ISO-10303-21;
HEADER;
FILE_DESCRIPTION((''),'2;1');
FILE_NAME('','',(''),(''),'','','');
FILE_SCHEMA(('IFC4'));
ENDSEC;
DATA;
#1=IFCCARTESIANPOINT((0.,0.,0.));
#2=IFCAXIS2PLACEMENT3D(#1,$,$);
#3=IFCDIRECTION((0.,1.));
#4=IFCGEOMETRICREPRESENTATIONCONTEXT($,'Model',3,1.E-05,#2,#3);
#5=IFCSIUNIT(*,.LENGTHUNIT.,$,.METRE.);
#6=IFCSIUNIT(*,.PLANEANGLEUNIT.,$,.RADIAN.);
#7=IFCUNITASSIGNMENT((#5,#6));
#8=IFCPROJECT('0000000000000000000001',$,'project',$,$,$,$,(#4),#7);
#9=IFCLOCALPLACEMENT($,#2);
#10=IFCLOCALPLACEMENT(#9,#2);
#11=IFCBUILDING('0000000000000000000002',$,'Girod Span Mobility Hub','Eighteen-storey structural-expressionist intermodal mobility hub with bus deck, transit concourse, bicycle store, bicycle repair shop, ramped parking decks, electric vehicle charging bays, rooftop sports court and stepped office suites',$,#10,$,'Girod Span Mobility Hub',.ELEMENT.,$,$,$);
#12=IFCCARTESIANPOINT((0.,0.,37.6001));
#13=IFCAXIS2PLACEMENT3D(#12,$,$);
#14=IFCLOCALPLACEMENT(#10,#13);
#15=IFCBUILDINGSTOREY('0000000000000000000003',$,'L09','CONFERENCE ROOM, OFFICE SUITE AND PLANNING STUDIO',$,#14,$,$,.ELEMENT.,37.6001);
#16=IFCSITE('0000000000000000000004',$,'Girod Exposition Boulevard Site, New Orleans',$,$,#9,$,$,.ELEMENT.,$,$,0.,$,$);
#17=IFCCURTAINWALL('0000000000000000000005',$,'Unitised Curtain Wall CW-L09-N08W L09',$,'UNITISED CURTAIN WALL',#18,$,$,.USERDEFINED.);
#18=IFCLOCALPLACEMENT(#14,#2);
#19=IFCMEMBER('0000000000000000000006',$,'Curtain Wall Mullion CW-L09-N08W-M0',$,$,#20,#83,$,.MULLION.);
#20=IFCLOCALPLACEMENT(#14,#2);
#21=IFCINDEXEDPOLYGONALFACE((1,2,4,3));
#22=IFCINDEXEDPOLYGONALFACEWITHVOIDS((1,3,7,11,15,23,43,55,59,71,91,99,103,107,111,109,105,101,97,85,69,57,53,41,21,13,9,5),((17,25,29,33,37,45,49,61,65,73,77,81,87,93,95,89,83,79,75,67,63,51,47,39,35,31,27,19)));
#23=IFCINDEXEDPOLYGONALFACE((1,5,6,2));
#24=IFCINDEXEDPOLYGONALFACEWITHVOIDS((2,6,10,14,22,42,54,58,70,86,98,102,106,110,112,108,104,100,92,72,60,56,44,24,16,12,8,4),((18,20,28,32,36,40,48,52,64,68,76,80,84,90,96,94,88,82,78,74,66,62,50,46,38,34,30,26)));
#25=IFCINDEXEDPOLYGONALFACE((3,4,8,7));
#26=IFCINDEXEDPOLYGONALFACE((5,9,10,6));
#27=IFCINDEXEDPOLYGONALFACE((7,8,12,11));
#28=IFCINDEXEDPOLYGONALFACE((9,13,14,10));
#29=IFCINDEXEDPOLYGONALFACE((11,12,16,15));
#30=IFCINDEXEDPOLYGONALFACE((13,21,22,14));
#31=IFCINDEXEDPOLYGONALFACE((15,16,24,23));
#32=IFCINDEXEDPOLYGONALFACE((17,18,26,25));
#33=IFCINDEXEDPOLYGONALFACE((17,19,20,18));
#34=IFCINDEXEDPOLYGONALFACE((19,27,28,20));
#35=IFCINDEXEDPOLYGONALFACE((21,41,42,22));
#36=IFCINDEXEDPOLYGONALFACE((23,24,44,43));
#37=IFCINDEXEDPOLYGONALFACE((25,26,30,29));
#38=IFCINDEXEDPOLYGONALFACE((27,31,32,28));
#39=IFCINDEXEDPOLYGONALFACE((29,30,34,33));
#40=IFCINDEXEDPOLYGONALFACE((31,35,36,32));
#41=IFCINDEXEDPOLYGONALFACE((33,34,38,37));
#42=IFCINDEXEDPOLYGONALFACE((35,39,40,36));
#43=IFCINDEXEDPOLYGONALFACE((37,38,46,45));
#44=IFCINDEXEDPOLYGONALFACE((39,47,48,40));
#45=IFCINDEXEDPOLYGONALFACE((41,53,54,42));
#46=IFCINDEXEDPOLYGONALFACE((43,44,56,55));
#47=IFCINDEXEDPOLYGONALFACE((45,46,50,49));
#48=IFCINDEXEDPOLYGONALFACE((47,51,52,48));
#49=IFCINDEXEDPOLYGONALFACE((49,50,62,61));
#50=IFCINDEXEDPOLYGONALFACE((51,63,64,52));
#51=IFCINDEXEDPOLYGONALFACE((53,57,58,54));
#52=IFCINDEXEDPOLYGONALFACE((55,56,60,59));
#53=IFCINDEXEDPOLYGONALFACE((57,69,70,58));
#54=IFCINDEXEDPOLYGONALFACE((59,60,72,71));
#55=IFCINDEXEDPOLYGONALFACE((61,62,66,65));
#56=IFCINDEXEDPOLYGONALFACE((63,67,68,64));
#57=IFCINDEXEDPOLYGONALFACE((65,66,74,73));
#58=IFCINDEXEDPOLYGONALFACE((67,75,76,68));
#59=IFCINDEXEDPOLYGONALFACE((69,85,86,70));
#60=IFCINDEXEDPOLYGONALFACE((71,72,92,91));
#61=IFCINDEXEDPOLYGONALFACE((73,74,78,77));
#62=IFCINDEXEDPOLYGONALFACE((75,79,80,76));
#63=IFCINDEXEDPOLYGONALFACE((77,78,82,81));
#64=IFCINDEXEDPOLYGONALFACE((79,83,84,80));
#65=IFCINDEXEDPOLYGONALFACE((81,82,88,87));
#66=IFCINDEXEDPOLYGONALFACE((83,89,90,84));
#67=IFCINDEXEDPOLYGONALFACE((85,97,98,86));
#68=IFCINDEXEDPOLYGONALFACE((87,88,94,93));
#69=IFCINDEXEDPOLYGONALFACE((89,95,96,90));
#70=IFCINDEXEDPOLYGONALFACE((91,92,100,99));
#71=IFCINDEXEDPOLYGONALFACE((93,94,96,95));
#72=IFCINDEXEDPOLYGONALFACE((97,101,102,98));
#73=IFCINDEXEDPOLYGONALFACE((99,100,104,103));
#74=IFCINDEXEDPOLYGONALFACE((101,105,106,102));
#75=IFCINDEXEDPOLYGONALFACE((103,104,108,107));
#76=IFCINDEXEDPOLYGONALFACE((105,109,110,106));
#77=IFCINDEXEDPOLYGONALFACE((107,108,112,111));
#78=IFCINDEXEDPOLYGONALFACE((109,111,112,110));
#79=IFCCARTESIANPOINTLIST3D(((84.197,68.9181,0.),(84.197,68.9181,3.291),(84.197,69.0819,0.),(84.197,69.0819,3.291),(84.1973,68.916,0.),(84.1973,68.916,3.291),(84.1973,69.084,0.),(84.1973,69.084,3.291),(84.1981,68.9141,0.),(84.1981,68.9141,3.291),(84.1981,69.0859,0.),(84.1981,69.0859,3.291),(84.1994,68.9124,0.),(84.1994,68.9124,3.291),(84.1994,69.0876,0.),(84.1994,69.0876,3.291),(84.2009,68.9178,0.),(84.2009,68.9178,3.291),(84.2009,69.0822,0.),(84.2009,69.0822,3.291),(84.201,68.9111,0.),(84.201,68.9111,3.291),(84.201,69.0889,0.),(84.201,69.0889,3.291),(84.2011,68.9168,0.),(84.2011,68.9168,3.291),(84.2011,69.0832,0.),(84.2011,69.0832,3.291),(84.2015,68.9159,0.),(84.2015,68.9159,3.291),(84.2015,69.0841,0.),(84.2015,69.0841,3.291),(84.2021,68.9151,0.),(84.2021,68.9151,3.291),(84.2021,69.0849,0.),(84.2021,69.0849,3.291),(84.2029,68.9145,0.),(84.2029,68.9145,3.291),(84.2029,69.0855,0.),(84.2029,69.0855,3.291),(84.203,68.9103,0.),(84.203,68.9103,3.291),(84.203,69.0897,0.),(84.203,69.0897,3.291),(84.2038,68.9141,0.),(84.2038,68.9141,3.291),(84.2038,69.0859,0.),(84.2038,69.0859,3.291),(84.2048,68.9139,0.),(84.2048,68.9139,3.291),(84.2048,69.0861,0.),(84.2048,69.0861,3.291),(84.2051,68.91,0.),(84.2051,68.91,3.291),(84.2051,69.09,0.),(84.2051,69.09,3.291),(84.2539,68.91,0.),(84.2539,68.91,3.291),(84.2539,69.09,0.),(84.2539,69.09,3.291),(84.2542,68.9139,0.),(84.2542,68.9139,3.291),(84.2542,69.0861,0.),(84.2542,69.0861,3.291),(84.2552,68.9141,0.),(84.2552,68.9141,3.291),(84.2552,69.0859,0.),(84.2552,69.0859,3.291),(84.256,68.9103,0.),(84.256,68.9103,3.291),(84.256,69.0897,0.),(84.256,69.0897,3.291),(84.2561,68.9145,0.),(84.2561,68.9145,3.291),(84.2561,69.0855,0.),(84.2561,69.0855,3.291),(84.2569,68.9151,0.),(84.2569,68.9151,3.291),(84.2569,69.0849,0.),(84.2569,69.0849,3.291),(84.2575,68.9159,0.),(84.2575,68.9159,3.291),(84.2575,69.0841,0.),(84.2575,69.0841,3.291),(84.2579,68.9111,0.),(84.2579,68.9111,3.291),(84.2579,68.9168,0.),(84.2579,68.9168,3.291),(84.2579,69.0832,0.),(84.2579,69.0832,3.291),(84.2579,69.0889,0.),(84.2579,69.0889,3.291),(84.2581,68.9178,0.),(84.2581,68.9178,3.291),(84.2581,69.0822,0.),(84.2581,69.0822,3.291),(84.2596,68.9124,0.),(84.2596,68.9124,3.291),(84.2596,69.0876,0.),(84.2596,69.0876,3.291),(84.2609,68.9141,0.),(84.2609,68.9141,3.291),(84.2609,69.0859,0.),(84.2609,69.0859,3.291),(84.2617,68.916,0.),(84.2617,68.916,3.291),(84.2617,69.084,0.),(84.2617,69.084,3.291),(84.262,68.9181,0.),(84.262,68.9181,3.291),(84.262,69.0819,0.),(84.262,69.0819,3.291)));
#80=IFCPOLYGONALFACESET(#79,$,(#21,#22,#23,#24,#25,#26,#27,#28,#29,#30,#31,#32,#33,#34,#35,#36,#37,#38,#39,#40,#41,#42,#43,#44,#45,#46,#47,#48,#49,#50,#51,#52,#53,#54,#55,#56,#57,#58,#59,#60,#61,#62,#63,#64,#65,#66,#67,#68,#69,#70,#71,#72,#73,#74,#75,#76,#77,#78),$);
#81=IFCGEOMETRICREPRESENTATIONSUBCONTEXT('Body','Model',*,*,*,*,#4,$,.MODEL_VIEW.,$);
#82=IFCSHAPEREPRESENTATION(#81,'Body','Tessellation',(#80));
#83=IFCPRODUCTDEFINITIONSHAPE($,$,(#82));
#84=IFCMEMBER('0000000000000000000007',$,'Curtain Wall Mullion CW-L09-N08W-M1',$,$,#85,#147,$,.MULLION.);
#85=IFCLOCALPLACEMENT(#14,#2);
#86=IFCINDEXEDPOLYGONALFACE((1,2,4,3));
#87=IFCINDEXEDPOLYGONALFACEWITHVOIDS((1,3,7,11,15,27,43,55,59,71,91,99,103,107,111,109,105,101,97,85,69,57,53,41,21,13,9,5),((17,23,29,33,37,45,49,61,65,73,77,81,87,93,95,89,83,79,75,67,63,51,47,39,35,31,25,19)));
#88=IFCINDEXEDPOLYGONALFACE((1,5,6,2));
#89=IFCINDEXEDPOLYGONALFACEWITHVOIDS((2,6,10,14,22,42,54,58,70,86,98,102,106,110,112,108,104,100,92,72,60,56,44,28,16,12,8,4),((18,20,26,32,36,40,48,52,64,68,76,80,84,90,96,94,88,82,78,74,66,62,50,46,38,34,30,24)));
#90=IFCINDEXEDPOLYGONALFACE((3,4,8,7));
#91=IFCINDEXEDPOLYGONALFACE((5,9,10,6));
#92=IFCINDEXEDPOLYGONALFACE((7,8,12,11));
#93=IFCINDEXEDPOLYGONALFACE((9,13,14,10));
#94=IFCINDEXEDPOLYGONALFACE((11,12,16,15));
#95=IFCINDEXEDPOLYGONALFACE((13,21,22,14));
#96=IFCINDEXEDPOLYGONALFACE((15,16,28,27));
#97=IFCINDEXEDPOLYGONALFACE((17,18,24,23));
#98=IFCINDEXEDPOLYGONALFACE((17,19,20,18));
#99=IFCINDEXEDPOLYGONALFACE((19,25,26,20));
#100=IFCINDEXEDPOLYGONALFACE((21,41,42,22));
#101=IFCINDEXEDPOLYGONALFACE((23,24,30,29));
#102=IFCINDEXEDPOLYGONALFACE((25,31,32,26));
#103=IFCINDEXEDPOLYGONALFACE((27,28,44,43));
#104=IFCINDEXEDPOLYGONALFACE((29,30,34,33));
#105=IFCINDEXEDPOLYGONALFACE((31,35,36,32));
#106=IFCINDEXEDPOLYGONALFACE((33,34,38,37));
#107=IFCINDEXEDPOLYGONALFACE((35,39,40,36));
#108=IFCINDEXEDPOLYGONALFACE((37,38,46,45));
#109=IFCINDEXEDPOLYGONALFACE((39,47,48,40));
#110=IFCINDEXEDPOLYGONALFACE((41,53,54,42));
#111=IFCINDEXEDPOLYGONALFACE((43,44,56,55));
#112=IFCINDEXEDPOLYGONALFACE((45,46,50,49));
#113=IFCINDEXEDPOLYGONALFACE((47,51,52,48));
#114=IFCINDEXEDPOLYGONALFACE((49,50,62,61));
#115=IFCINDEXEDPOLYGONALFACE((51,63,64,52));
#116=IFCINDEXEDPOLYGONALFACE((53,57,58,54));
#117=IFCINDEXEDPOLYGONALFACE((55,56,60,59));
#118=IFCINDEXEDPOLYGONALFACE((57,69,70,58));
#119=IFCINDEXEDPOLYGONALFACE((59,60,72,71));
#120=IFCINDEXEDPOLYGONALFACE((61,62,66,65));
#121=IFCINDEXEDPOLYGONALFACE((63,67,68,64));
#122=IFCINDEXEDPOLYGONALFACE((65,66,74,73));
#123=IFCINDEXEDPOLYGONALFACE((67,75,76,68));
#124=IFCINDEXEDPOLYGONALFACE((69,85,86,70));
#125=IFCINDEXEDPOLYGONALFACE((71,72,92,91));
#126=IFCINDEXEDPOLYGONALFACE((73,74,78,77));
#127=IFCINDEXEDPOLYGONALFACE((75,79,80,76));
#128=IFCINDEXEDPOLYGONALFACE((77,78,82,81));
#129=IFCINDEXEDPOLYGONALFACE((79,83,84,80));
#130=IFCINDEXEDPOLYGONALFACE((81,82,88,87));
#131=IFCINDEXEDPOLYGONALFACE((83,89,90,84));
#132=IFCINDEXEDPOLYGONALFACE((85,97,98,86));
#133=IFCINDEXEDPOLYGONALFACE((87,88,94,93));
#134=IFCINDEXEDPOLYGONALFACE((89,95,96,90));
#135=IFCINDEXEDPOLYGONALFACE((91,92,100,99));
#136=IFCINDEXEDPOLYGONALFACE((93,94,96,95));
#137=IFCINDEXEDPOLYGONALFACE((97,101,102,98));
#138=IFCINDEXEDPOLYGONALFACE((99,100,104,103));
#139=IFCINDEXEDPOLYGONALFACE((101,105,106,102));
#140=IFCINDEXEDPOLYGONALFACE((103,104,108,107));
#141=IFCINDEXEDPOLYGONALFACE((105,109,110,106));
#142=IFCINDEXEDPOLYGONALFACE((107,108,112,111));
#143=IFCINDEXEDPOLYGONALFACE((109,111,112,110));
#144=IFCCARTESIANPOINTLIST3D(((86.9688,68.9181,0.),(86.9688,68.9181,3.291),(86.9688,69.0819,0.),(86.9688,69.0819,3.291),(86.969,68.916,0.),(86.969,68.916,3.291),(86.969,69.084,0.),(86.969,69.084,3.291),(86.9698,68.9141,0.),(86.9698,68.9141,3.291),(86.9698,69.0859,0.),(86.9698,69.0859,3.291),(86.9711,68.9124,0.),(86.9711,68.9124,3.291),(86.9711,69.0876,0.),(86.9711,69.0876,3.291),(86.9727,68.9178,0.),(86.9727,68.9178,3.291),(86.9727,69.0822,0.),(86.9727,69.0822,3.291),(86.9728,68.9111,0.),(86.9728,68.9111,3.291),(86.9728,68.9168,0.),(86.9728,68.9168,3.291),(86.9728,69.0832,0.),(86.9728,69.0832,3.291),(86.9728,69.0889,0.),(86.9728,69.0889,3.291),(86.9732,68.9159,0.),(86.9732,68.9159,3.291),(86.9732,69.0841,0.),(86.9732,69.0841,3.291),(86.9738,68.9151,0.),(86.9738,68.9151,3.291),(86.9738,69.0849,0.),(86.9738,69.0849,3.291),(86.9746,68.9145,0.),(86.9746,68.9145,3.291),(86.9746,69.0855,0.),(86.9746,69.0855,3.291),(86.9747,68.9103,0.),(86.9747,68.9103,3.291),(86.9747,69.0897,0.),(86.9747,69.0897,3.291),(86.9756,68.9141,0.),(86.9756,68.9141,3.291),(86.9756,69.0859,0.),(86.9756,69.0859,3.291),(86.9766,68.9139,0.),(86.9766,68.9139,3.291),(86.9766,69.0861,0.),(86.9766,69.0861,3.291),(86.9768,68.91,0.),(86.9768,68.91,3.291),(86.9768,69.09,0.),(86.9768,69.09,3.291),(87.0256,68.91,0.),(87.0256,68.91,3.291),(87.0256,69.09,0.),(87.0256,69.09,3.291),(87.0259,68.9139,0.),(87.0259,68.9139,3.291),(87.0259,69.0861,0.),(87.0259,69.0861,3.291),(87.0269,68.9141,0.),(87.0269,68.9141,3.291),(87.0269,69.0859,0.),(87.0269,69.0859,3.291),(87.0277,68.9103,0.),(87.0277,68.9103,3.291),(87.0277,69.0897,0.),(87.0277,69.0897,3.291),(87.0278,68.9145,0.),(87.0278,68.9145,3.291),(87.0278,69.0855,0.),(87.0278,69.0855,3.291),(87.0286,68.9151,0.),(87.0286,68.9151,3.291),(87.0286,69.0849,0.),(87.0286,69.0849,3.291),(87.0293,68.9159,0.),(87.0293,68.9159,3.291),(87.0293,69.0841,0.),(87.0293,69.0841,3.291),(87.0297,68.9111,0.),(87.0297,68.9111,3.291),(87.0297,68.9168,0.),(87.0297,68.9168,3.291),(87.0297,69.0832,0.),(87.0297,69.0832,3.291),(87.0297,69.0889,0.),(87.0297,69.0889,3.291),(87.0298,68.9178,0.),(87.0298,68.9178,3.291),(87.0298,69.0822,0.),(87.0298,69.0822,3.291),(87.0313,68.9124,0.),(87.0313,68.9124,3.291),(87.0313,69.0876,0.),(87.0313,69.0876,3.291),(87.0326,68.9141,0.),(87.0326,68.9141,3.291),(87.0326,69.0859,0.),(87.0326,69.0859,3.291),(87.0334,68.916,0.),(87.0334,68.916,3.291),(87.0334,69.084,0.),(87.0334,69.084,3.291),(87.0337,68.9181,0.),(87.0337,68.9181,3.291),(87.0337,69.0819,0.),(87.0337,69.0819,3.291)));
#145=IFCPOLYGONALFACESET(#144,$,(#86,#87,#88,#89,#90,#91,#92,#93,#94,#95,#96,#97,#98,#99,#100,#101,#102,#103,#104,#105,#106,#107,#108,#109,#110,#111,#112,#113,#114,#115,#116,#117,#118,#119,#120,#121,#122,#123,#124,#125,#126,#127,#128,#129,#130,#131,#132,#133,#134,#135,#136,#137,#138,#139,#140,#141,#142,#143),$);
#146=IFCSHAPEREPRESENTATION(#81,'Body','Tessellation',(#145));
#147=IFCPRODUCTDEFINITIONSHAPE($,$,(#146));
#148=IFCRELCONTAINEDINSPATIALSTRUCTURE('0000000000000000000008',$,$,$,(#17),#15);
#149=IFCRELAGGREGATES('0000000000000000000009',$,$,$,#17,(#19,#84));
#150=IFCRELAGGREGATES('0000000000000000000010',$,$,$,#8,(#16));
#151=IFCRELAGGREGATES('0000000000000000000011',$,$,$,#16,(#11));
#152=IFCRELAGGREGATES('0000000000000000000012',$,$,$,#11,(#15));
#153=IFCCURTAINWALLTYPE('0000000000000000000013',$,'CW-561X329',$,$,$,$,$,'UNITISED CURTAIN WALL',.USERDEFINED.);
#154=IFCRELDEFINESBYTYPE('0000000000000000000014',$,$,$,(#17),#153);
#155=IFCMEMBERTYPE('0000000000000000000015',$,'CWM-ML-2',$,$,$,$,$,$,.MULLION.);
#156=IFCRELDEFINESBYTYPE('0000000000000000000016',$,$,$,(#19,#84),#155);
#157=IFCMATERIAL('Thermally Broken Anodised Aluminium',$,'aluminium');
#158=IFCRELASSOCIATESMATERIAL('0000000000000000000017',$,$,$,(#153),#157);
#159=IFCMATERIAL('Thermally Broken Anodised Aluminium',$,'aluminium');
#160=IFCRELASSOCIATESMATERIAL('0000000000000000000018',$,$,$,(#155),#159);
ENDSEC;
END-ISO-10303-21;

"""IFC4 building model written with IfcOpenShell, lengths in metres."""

from ifc_helpers import new_model, si_unit, direction, frame, origin, origin_2d, place, context, subcontext, project, spatial, hollow_rectangle, extrude, material, material_profile, profile_set, type_object, element, aggregate, save


model = new_model("IFC4")

# Units and contexts
model_context = context("Model", 3, precision=1e-05, world=origin(), true_north=direction((0.0, 1.0)))
body_context = subcontext(model_context, "Body", "Model", "MODEL_VIEW")
ifc_project = project(units=[si_unit("LENGTHUNIT", "METRE"), si_unit("PLANEANGLEUNIT", "RADIAN")], contexts=[model_context])

# Site, building, storey
site_placement = place(None, origin())
site = spatial("IfcSite", under=ifc_project, at=site_placement, Name="Girod Exposition Boulevard Site, New Orleans", CompositionType="ELEMENT", RefElevation=0.0)
building_placement = place(site_placement, origin())
building = spatial("IfcBuilding", under=site, at=building_placement, Name="Girod Span Mobility Hub", Description="Eighteen-storey structural-expressionist intermodal mobility hub with bus deck, transit concourse, bicycle store, bicycle repair shop, ramped parking decks, electric vehicle charging bays, rooftop sports court and stepped office suites", LongName="Girod Span Mobility Hub", CompositionType="ELEMENT")
storey_placement = place(building_placement, frame((0.0, 0.0, 37.6001)))
storey = spatial("IfcBuildingStorey", under=building, at=storey_placement, Name="L09", Description="CONFERENCE ROOM, OFFICE SUITE AND PLANNING STUDIO", CompositionType="ELEMENT", Elevation=37.6001)

# Curtain wall, members
ifc_material_1 = material(Name="Thermally Broken Anodised Aluminium", Category="aluminium")
curtain_wall_type = type_object("IfcCurtainWallType", Name="CW-561X329", ElementType="UNITISED CURTAIN WALL", PredefinedType="USERDEFINED", material=ifc_material_1)
curtain_wall_1_placement = place(storey_placement, origin())
curtain_wall_1 = element("IfcCurtainWall", 1, at=curtain_wall_1_placement, inside=storey, type_object=curtain_wall_type, Name="Unitised Curtain Wall CW-L09-N08W L09", ObjectType="UNITISED CURTAIN WALL", PredefinedType="USERDEFINED")
ifc_material_2 = material(Name="Thermally Broken Anodised Aluminium", Category="aluminium")
ifc_material_profile_1 = material_profile(ifc_material_2, hollow_rectangle(XDim=0.1799, YDim=0.0649, WallThickness=0.0039, InnerFilletRadius=0.0039, OuterFilletRadius=0.0081, at=origin_2d()), Name="CW-ML-65X180")
ifc_profile_set_1 = profile_set([ifc_material_profile_1], Name="Thermally Broken Anodised Aluminium")
member_type_1 = type_object("IfcMemberType", Name="CWM-ML-2", PredefinedType="MULLION", material=ifc_profile_set_1)
member_1_placement = place(storey_placement, frame((84.2295, 69.0, 0.0), z_axis=(0.0, 0.0, 1.0), x_axis=(0.0, 1.0, 0.0)))
member_1 = element("IfcMember", 2, at=member_1_placement, type_object=member_type_1, Name="Curtain Wall Mullion CW-L09-N08W-M0", PredefinedType="MULLION", context=body_context, shape_type="SweptSolid", body=[
    extrude(hollow_rectangle(XDim=0.1799, YDim=0.0649, WallThickness=0.0039, InnerFilletRadius=0.0039, OuterFilletRadius=0.0081, at=origin_2d()), origin(), (0.0, 0.0, 1.0), 3.291),
])
member_2_placement = place(storey_placement, frame((87.0012, 69.0, 0.0), z_axis=(0.0, 0.0, 1.0), x_axis=(0.0, 1.0, 0.0)))
member_2 = element("IfcMember", 3, at=member_2_placement, type_object=member_type_1, Name="Curtain Wall Mullion CW-L09-N08W-M1", PredefinedType="MULLION", context=body_context, shape_type="SweptSolid", body=[
    extrude(hollow_rectangle(XDim=0.1799, YDim=0.0649, WallThickness=0.0039, InnerFilletRadius=0.0039, OuterFilletRadius=0.0081, at=origin_2d()), origin(), (0.0, 0.0, 1.0), 3.291),
])

aggregate(curtain_wall_1, [member_1, member_2])

save(model, "model.ifc")
